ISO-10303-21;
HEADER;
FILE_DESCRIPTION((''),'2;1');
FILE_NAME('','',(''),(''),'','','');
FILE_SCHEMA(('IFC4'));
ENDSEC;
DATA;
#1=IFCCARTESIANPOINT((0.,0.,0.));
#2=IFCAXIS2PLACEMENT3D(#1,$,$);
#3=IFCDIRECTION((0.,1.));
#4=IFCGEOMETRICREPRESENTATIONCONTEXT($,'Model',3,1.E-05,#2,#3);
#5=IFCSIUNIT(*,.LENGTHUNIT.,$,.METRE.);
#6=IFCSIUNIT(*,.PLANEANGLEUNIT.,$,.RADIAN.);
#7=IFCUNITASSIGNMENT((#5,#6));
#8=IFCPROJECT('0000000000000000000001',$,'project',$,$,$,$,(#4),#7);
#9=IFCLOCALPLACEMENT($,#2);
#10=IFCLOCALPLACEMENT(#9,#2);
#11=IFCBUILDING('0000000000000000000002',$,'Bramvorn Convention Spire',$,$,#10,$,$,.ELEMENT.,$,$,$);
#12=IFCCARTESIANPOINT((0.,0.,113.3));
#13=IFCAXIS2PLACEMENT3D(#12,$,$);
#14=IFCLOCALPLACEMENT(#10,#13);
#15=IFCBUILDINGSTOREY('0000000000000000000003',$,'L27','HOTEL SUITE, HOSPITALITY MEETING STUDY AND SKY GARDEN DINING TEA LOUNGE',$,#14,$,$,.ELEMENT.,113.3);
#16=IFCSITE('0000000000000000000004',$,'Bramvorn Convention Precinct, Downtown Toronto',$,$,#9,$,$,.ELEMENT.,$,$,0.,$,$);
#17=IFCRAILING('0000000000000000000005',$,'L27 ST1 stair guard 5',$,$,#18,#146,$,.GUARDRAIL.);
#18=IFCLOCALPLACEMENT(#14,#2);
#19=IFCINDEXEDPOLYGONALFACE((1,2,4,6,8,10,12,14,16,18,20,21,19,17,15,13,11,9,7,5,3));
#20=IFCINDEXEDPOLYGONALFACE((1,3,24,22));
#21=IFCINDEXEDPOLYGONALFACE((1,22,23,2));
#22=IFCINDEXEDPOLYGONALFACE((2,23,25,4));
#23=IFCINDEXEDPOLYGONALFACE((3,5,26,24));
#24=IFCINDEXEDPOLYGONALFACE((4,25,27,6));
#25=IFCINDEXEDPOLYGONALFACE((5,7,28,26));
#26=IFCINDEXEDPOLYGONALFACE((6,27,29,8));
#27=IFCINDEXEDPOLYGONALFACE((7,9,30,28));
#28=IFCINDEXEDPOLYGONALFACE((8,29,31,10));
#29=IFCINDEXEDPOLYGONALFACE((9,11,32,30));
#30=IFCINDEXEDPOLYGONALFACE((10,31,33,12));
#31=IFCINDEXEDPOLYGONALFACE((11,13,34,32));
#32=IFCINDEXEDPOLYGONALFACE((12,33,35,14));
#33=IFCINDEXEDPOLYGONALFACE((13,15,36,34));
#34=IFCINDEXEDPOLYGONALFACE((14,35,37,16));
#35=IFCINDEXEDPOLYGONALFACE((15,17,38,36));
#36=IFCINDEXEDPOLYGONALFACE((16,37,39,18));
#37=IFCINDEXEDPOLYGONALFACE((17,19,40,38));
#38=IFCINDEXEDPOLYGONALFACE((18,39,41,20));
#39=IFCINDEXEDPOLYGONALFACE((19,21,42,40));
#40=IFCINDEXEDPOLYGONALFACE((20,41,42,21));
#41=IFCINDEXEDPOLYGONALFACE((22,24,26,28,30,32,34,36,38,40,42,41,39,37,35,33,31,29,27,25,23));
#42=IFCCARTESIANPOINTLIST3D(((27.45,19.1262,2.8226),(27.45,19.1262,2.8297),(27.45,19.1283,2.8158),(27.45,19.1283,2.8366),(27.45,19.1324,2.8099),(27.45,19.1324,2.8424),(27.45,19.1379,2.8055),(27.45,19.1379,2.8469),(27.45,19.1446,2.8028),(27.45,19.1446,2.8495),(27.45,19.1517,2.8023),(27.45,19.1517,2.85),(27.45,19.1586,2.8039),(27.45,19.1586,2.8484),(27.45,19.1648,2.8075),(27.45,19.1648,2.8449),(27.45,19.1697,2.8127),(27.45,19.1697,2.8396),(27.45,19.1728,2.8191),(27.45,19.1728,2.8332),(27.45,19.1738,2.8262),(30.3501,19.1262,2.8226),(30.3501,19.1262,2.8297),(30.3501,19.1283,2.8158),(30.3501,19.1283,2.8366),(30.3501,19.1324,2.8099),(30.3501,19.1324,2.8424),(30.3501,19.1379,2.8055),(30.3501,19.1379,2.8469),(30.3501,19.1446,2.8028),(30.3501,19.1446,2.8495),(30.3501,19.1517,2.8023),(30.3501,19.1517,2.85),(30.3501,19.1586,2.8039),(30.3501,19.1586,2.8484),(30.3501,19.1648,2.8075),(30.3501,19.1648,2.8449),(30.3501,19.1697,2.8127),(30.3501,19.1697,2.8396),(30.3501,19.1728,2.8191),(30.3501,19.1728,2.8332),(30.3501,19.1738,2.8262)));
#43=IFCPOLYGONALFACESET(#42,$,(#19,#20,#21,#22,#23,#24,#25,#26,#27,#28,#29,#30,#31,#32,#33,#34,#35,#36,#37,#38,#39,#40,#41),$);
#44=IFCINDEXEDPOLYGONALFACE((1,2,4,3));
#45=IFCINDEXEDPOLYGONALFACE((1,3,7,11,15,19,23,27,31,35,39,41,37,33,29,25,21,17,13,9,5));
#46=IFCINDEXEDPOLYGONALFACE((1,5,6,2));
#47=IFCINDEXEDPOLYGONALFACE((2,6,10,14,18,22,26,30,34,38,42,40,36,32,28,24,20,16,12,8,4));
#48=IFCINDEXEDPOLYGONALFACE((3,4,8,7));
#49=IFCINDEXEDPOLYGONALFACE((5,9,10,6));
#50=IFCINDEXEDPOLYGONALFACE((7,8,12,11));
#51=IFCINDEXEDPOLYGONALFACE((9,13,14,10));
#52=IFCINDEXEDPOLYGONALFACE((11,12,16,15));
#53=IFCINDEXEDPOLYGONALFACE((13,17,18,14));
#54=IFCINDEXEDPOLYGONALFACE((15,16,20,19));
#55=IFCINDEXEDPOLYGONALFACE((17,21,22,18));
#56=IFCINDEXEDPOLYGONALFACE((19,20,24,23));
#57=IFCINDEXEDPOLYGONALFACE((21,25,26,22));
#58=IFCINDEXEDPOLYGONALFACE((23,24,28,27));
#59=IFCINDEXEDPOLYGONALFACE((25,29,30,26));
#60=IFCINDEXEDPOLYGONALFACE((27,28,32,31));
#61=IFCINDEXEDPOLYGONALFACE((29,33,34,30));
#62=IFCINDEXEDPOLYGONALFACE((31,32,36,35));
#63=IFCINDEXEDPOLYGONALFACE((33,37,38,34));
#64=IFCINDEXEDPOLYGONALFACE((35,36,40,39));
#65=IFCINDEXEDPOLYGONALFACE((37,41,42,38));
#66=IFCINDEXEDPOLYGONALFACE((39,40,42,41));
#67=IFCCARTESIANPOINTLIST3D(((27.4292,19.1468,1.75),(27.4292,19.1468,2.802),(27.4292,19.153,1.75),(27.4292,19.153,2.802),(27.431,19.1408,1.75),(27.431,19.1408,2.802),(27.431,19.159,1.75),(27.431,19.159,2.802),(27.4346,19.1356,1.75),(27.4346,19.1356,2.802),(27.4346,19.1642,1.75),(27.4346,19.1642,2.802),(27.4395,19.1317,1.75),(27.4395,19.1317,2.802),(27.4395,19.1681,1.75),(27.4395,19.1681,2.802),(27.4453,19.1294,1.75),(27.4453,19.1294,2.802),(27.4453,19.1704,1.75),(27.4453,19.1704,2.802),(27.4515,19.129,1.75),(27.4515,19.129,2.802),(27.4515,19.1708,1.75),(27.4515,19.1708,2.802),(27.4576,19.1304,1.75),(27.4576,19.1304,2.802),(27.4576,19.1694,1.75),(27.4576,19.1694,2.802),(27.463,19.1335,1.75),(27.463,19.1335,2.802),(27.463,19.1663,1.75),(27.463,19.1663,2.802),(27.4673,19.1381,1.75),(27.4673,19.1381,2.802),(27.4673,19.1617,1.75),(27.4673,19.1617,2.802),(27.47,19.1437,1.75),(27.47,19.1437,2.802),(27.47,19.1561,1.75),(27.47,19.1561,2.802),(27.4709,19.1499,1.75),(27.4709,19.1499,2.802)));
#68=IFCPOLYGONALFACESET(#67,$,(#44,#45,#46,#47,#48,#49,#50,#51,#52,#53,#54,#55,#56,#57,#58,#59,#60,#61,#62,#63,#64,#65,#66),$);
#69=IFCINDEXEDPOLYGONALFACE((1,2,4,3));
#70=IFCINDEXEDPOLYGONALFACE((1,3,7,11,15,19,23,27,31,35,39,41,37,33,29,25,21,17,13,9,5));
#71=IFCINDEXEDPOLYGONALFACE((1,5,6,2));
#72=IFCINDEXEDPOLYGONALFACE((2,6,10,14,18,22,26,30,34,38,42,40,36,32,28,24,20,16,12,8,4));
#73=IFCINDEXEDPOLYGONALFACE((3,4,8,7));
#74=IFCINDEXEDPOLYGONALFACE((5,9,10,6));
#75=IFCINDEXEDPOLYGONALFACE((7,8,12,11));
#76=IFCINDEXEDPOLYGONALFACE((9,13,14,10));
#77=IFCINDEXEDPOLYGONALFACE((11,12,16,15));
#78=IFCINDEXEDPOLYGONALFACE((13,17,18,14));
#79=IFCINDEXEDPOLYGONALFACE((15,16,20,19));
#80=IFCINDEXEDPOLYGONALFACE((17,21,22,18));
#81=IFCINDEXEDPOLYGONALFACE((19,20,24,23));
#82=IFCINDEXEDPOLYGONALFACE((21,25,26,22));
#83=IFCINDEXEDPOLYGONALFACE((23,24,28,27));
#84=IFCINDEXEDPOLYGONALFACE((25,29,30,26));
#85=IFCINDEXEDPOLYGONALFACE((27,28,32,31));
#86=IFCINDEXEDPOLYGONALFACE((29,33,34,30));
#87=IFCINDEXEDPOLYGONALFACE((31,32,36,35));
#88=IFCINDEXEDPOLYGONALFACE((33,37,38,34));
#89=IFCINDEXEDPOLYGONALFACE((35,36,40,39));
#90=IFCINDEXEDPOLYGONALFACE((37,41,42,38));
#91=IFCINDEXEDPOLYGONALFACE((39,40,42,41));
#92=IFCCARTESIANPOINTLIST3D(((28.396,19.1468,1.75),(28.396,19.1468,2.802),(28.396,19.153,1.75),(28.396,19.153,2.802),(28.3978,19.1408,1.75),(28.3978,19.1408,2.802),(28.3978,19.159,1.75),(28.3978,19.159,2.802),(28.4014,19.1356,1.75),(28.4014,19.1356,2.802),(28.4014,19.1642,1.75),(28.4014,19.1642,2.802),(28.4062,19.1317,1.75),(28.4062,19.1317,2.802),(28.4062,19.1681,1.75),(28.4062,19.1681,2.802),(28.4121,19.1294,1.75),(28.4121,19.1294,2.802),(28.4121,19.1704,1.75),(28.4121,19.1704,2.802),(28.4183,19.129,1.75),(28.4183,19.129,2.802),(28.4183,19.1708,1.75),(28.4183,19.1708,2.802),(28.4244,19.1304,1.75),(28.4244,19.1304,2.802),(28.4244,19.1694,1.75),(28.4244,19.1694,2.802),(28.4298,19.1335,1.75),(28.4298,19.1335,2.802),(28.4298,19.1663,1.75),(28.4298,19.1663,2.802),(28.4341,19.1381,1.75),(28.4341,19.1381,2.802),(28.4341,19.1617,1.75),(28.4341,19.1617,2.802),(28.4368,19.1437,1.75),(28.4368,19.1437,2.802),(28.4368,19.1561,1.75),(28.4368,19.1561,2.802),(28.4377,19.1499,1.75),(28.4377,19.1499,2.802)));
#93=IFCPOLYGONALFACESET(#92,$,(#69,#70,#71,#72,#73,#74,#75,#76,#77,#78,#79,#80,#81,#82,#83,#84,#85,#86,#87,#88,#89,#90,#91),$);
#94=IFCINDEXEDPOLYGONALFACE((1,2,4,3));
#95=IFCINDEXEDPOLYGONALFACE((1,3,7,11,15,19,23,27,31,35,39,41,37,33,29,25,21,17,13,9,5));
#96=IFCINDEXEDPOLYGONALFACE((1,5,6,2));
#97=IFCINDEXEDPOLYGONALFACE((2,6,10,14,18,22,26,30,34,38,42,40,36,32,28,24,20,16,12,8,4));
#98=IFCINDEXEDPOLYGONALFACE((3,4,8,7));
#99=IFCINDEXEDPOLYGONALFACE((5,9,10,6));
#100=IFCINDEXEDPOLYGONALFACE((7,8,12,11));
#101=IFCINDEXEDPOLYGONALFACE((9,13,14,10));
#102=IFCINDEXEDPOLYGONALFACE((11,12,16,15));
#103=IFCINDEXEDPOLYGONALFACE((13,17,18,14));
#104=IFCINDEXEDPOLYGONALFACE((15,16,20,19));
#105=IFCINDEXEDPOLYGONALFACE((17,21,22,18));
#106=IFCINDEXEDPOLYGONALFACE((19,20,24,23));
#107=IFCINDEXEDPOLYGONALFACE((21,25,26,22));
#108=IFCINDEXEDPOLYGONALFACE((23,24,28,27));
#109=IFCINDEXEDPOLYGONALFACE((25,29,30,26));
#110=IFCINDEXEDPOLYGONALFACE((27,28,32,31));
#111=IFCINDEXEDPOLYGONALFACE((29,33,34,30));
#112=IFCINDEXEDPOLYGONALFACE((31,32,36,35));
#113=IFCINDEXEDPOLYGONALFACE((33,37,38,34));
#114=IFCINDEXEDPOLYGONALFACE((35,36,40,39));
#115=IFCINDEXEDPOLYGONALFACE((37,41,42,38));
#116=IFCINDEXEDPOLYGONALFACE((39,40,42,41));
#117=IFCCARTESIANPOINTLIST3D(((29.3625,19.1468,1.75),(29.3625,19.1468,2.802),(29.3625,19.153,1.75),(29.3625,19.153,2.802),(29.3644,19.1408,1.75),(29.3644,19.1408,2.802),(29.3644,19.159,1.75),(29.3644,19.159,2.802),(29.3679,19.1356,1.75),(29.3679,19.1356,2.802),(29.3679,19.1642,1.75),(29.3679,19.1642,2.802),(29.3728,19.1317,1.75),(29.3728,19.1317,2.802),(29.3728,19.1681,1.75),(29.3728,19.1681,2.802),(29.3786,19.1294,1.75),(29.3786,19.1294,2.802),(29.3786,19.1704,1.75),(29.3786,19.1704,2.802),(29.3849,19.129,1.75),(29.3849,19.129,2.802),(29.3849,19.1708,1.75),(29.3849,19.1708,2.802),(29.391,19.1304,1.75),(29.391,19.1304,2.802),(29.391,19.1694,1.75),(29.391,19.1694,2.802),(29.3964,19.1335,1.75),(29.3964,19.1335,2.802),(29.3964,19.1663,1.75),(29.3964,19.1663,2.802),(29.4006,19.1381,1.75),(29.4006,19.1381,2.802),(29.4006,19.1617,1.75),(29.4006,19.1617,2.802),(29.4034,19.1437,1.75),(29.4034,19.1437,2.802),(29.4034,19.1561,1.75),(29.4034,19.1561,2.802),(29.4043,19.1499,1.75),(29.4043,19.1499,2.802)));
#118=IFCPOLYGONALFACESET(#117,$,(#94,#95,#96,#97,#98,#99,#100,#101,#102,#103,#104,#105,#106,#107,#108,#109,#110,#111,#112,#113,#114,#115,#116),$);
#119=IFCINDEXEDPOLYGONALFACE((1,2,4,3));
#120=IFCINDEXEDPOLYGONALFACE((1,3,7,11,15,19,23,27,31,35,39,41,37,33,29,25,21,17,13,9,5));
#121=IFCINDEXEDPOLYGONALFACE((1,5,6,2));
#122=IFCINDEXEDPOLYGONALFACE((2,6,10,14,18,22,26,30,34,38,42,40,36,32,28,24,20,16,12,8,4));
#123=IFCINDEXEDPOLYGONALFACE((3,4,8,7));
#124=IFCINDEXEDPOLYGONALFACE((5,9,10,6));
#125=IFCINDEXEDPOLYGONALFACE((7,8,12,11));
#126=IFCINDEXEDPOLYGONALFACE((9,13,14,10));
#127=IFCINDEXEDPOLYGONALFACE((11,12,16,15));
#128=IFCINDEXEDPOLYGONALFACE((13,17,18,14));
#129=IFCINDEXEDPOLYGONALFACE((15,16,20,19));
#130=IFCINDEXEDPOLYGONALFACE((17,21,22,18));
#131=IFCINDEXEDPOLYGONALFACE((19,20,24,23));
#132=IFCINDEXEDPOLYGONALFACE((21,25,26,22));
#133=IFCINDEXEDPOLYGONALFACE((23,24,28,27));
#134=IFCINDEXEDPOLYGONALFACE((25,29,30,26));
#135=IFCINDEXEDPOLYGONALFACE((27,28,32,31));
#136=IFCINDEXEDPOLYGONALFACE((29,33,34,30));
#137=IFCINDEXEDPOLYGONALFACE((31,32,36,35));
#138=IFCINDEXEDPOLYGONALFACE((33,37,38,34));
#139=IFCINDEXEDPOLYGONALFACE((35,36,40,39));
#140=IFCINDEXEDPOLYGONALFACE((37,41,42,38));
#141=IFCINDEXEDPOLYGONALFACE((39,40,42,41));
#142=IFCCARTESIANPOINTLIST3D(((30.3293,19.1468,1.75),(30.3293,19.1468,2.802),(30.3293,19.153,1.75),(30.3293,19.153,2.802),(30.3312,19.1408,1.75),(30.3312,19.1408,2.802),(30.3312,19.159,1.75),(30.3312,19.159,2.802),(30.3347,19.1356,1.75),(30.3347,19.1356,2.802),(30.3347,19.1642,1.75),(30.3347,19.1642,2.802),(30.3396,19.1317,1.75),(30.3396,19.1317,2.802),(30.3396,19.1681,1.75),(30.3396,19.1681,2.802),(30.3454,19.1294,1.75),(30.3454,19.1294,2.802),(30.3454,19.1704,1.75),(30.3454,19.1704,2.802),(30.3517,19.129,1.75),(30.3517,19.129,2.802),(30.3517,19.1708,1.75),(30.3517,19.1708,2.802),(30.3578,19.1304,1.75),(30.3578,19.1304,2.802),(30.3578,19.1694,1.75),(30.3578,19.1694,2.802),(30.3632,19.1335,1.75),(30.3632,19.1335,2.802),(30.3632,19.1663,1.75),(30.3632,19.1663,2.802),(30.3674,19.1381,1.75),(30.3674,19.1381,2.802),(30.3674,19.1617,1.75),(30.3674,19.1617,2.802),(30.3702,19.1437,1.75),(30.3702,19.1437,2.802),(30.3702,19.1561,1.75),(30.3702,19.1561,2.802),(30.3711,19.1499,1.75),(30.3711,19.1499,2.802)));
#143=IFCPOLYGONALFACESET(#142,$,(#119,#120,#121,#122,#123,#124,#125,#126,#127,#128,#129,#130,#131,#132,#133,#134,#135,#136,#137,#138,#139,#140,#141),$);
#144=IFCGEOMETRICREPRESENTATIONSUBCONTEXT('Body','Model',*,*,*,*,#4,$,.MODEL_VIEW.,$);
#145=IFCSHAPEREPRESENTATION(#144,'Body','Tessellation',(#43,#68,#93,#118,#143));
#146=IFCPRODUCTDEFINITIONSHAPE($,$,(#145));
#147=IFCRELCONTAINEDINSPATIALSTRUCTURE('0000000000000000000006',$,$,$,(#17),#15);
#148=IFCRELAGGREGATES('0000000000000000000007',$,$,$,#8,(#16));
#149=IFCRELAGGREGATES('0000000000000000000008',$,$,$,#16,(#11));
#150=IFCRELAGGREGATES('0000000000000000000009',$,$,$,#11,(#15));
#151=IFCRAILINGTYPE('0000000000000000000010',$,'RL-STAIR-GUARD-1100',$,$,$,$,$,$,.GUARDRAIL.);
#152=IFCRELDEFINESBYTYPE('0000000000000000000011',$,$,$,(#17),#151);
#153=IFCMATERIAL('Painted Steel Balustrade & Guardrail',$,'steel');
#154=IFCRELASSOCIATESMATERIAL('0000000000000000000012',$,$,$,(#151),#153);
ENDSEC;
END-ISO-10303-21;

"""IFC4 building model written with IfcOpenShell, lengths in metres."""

from ifc_helpers import new_model, si_unit, direction, frame, origin, origin_2d, place, context, subcontext, project, spatial, circle, extrude, material, type_object, element, save


model = new_model("IFC4")

# Units and contexts
model_context = context("Model", 3, precision=1e-05, world=origin(), true_north=direction((0.0, 1.0)))
body_context = subcontext(model_context, "Body", "Model", "MODEL_VIEW")
ifc_project = project(units=[si_unit("LENGTHUNIT", "METRE"), si_unit("PLANEANGLEUNIT", "RADIAN")], contexts=[model_context])

# Site, building, storey
site_placement = place(None, origin())
site = spatial("IfcSite", under=ifc_project, at=site_placement, Name="Bramvorn Convention Precinct, Downtown Toronto", CompositionType="ELEMENT", RefElevation=0.0)
building_placement = place(site_placement, origin())
building = spatial("IfcBuilding", under=site, at=building_placement, Name="Bramvorn Convention Spire", CompositionType="ELEMENT")
storey_placement = place(building_placement, frame((0.0, 0.0, 113.3)))
storey = spatial("IfcBuildingStorey", under=building, at=storey_placement, Name="L27", Description="HOTEL SUITE, HOSPITALITY MEETING STUDY AND SKY GARDEN DINING TEA LOUNGE", CompositionType="ELEMENT", Elevation=113.3)

# Railing
ifc_material_1 = material(Name="Painted Steel Balustrade & Guardrail", Category="steel")
railing_type = type_object("IfcRailingType", Name="RL-STAIR-GUARD-1100", PredefinedType="GUARDRAIL", material=ifc_material_1)
railing_1_placement = place(storey_placement, frame((27.45, 19.1499, 1.75)))
element("IfcRailing", 1, at=railing_1_placement, inside=storey, type_object=railing_type, Name="L27 ST1 stair guard 5", PredefinedType="GUARDRAIL", context=body_context, shape_type="SweptSolid", body=[
    extrude(circle(Radius=0.0239, at=origin_2d()), frame((0.0, 0.0, 1.0762), z_axis=(1.0, 0.0, 0.0), x_axis=(0.0, 1.0, 0.0)), (0.0, 0.0, 1.0), 2.9001),
    extrude(circle(Radius=0.021, at=origin_2d()), origin(), (0.0, 0.0, 1.0), 1.052),
    extrude(circle(Radius=0.021, at=origin_2d()), frame((0.9668, 0.0, 0.0)), (0.0, 0.0, 1.0), 1.052),
    extrude(circle(Radius=0.021, at=origin_2d()), frame((1.9333, 0.0, 0.0)), (0.0, 0.0, 1.0), 1.052),
    extrude(circle(Radius=0.021, at=origin_2d()), frame((2.9001, 0.0, 0.0)), (0.0, 0.0, 1.0), 1.052),
])

save(model, "model.ifc")
